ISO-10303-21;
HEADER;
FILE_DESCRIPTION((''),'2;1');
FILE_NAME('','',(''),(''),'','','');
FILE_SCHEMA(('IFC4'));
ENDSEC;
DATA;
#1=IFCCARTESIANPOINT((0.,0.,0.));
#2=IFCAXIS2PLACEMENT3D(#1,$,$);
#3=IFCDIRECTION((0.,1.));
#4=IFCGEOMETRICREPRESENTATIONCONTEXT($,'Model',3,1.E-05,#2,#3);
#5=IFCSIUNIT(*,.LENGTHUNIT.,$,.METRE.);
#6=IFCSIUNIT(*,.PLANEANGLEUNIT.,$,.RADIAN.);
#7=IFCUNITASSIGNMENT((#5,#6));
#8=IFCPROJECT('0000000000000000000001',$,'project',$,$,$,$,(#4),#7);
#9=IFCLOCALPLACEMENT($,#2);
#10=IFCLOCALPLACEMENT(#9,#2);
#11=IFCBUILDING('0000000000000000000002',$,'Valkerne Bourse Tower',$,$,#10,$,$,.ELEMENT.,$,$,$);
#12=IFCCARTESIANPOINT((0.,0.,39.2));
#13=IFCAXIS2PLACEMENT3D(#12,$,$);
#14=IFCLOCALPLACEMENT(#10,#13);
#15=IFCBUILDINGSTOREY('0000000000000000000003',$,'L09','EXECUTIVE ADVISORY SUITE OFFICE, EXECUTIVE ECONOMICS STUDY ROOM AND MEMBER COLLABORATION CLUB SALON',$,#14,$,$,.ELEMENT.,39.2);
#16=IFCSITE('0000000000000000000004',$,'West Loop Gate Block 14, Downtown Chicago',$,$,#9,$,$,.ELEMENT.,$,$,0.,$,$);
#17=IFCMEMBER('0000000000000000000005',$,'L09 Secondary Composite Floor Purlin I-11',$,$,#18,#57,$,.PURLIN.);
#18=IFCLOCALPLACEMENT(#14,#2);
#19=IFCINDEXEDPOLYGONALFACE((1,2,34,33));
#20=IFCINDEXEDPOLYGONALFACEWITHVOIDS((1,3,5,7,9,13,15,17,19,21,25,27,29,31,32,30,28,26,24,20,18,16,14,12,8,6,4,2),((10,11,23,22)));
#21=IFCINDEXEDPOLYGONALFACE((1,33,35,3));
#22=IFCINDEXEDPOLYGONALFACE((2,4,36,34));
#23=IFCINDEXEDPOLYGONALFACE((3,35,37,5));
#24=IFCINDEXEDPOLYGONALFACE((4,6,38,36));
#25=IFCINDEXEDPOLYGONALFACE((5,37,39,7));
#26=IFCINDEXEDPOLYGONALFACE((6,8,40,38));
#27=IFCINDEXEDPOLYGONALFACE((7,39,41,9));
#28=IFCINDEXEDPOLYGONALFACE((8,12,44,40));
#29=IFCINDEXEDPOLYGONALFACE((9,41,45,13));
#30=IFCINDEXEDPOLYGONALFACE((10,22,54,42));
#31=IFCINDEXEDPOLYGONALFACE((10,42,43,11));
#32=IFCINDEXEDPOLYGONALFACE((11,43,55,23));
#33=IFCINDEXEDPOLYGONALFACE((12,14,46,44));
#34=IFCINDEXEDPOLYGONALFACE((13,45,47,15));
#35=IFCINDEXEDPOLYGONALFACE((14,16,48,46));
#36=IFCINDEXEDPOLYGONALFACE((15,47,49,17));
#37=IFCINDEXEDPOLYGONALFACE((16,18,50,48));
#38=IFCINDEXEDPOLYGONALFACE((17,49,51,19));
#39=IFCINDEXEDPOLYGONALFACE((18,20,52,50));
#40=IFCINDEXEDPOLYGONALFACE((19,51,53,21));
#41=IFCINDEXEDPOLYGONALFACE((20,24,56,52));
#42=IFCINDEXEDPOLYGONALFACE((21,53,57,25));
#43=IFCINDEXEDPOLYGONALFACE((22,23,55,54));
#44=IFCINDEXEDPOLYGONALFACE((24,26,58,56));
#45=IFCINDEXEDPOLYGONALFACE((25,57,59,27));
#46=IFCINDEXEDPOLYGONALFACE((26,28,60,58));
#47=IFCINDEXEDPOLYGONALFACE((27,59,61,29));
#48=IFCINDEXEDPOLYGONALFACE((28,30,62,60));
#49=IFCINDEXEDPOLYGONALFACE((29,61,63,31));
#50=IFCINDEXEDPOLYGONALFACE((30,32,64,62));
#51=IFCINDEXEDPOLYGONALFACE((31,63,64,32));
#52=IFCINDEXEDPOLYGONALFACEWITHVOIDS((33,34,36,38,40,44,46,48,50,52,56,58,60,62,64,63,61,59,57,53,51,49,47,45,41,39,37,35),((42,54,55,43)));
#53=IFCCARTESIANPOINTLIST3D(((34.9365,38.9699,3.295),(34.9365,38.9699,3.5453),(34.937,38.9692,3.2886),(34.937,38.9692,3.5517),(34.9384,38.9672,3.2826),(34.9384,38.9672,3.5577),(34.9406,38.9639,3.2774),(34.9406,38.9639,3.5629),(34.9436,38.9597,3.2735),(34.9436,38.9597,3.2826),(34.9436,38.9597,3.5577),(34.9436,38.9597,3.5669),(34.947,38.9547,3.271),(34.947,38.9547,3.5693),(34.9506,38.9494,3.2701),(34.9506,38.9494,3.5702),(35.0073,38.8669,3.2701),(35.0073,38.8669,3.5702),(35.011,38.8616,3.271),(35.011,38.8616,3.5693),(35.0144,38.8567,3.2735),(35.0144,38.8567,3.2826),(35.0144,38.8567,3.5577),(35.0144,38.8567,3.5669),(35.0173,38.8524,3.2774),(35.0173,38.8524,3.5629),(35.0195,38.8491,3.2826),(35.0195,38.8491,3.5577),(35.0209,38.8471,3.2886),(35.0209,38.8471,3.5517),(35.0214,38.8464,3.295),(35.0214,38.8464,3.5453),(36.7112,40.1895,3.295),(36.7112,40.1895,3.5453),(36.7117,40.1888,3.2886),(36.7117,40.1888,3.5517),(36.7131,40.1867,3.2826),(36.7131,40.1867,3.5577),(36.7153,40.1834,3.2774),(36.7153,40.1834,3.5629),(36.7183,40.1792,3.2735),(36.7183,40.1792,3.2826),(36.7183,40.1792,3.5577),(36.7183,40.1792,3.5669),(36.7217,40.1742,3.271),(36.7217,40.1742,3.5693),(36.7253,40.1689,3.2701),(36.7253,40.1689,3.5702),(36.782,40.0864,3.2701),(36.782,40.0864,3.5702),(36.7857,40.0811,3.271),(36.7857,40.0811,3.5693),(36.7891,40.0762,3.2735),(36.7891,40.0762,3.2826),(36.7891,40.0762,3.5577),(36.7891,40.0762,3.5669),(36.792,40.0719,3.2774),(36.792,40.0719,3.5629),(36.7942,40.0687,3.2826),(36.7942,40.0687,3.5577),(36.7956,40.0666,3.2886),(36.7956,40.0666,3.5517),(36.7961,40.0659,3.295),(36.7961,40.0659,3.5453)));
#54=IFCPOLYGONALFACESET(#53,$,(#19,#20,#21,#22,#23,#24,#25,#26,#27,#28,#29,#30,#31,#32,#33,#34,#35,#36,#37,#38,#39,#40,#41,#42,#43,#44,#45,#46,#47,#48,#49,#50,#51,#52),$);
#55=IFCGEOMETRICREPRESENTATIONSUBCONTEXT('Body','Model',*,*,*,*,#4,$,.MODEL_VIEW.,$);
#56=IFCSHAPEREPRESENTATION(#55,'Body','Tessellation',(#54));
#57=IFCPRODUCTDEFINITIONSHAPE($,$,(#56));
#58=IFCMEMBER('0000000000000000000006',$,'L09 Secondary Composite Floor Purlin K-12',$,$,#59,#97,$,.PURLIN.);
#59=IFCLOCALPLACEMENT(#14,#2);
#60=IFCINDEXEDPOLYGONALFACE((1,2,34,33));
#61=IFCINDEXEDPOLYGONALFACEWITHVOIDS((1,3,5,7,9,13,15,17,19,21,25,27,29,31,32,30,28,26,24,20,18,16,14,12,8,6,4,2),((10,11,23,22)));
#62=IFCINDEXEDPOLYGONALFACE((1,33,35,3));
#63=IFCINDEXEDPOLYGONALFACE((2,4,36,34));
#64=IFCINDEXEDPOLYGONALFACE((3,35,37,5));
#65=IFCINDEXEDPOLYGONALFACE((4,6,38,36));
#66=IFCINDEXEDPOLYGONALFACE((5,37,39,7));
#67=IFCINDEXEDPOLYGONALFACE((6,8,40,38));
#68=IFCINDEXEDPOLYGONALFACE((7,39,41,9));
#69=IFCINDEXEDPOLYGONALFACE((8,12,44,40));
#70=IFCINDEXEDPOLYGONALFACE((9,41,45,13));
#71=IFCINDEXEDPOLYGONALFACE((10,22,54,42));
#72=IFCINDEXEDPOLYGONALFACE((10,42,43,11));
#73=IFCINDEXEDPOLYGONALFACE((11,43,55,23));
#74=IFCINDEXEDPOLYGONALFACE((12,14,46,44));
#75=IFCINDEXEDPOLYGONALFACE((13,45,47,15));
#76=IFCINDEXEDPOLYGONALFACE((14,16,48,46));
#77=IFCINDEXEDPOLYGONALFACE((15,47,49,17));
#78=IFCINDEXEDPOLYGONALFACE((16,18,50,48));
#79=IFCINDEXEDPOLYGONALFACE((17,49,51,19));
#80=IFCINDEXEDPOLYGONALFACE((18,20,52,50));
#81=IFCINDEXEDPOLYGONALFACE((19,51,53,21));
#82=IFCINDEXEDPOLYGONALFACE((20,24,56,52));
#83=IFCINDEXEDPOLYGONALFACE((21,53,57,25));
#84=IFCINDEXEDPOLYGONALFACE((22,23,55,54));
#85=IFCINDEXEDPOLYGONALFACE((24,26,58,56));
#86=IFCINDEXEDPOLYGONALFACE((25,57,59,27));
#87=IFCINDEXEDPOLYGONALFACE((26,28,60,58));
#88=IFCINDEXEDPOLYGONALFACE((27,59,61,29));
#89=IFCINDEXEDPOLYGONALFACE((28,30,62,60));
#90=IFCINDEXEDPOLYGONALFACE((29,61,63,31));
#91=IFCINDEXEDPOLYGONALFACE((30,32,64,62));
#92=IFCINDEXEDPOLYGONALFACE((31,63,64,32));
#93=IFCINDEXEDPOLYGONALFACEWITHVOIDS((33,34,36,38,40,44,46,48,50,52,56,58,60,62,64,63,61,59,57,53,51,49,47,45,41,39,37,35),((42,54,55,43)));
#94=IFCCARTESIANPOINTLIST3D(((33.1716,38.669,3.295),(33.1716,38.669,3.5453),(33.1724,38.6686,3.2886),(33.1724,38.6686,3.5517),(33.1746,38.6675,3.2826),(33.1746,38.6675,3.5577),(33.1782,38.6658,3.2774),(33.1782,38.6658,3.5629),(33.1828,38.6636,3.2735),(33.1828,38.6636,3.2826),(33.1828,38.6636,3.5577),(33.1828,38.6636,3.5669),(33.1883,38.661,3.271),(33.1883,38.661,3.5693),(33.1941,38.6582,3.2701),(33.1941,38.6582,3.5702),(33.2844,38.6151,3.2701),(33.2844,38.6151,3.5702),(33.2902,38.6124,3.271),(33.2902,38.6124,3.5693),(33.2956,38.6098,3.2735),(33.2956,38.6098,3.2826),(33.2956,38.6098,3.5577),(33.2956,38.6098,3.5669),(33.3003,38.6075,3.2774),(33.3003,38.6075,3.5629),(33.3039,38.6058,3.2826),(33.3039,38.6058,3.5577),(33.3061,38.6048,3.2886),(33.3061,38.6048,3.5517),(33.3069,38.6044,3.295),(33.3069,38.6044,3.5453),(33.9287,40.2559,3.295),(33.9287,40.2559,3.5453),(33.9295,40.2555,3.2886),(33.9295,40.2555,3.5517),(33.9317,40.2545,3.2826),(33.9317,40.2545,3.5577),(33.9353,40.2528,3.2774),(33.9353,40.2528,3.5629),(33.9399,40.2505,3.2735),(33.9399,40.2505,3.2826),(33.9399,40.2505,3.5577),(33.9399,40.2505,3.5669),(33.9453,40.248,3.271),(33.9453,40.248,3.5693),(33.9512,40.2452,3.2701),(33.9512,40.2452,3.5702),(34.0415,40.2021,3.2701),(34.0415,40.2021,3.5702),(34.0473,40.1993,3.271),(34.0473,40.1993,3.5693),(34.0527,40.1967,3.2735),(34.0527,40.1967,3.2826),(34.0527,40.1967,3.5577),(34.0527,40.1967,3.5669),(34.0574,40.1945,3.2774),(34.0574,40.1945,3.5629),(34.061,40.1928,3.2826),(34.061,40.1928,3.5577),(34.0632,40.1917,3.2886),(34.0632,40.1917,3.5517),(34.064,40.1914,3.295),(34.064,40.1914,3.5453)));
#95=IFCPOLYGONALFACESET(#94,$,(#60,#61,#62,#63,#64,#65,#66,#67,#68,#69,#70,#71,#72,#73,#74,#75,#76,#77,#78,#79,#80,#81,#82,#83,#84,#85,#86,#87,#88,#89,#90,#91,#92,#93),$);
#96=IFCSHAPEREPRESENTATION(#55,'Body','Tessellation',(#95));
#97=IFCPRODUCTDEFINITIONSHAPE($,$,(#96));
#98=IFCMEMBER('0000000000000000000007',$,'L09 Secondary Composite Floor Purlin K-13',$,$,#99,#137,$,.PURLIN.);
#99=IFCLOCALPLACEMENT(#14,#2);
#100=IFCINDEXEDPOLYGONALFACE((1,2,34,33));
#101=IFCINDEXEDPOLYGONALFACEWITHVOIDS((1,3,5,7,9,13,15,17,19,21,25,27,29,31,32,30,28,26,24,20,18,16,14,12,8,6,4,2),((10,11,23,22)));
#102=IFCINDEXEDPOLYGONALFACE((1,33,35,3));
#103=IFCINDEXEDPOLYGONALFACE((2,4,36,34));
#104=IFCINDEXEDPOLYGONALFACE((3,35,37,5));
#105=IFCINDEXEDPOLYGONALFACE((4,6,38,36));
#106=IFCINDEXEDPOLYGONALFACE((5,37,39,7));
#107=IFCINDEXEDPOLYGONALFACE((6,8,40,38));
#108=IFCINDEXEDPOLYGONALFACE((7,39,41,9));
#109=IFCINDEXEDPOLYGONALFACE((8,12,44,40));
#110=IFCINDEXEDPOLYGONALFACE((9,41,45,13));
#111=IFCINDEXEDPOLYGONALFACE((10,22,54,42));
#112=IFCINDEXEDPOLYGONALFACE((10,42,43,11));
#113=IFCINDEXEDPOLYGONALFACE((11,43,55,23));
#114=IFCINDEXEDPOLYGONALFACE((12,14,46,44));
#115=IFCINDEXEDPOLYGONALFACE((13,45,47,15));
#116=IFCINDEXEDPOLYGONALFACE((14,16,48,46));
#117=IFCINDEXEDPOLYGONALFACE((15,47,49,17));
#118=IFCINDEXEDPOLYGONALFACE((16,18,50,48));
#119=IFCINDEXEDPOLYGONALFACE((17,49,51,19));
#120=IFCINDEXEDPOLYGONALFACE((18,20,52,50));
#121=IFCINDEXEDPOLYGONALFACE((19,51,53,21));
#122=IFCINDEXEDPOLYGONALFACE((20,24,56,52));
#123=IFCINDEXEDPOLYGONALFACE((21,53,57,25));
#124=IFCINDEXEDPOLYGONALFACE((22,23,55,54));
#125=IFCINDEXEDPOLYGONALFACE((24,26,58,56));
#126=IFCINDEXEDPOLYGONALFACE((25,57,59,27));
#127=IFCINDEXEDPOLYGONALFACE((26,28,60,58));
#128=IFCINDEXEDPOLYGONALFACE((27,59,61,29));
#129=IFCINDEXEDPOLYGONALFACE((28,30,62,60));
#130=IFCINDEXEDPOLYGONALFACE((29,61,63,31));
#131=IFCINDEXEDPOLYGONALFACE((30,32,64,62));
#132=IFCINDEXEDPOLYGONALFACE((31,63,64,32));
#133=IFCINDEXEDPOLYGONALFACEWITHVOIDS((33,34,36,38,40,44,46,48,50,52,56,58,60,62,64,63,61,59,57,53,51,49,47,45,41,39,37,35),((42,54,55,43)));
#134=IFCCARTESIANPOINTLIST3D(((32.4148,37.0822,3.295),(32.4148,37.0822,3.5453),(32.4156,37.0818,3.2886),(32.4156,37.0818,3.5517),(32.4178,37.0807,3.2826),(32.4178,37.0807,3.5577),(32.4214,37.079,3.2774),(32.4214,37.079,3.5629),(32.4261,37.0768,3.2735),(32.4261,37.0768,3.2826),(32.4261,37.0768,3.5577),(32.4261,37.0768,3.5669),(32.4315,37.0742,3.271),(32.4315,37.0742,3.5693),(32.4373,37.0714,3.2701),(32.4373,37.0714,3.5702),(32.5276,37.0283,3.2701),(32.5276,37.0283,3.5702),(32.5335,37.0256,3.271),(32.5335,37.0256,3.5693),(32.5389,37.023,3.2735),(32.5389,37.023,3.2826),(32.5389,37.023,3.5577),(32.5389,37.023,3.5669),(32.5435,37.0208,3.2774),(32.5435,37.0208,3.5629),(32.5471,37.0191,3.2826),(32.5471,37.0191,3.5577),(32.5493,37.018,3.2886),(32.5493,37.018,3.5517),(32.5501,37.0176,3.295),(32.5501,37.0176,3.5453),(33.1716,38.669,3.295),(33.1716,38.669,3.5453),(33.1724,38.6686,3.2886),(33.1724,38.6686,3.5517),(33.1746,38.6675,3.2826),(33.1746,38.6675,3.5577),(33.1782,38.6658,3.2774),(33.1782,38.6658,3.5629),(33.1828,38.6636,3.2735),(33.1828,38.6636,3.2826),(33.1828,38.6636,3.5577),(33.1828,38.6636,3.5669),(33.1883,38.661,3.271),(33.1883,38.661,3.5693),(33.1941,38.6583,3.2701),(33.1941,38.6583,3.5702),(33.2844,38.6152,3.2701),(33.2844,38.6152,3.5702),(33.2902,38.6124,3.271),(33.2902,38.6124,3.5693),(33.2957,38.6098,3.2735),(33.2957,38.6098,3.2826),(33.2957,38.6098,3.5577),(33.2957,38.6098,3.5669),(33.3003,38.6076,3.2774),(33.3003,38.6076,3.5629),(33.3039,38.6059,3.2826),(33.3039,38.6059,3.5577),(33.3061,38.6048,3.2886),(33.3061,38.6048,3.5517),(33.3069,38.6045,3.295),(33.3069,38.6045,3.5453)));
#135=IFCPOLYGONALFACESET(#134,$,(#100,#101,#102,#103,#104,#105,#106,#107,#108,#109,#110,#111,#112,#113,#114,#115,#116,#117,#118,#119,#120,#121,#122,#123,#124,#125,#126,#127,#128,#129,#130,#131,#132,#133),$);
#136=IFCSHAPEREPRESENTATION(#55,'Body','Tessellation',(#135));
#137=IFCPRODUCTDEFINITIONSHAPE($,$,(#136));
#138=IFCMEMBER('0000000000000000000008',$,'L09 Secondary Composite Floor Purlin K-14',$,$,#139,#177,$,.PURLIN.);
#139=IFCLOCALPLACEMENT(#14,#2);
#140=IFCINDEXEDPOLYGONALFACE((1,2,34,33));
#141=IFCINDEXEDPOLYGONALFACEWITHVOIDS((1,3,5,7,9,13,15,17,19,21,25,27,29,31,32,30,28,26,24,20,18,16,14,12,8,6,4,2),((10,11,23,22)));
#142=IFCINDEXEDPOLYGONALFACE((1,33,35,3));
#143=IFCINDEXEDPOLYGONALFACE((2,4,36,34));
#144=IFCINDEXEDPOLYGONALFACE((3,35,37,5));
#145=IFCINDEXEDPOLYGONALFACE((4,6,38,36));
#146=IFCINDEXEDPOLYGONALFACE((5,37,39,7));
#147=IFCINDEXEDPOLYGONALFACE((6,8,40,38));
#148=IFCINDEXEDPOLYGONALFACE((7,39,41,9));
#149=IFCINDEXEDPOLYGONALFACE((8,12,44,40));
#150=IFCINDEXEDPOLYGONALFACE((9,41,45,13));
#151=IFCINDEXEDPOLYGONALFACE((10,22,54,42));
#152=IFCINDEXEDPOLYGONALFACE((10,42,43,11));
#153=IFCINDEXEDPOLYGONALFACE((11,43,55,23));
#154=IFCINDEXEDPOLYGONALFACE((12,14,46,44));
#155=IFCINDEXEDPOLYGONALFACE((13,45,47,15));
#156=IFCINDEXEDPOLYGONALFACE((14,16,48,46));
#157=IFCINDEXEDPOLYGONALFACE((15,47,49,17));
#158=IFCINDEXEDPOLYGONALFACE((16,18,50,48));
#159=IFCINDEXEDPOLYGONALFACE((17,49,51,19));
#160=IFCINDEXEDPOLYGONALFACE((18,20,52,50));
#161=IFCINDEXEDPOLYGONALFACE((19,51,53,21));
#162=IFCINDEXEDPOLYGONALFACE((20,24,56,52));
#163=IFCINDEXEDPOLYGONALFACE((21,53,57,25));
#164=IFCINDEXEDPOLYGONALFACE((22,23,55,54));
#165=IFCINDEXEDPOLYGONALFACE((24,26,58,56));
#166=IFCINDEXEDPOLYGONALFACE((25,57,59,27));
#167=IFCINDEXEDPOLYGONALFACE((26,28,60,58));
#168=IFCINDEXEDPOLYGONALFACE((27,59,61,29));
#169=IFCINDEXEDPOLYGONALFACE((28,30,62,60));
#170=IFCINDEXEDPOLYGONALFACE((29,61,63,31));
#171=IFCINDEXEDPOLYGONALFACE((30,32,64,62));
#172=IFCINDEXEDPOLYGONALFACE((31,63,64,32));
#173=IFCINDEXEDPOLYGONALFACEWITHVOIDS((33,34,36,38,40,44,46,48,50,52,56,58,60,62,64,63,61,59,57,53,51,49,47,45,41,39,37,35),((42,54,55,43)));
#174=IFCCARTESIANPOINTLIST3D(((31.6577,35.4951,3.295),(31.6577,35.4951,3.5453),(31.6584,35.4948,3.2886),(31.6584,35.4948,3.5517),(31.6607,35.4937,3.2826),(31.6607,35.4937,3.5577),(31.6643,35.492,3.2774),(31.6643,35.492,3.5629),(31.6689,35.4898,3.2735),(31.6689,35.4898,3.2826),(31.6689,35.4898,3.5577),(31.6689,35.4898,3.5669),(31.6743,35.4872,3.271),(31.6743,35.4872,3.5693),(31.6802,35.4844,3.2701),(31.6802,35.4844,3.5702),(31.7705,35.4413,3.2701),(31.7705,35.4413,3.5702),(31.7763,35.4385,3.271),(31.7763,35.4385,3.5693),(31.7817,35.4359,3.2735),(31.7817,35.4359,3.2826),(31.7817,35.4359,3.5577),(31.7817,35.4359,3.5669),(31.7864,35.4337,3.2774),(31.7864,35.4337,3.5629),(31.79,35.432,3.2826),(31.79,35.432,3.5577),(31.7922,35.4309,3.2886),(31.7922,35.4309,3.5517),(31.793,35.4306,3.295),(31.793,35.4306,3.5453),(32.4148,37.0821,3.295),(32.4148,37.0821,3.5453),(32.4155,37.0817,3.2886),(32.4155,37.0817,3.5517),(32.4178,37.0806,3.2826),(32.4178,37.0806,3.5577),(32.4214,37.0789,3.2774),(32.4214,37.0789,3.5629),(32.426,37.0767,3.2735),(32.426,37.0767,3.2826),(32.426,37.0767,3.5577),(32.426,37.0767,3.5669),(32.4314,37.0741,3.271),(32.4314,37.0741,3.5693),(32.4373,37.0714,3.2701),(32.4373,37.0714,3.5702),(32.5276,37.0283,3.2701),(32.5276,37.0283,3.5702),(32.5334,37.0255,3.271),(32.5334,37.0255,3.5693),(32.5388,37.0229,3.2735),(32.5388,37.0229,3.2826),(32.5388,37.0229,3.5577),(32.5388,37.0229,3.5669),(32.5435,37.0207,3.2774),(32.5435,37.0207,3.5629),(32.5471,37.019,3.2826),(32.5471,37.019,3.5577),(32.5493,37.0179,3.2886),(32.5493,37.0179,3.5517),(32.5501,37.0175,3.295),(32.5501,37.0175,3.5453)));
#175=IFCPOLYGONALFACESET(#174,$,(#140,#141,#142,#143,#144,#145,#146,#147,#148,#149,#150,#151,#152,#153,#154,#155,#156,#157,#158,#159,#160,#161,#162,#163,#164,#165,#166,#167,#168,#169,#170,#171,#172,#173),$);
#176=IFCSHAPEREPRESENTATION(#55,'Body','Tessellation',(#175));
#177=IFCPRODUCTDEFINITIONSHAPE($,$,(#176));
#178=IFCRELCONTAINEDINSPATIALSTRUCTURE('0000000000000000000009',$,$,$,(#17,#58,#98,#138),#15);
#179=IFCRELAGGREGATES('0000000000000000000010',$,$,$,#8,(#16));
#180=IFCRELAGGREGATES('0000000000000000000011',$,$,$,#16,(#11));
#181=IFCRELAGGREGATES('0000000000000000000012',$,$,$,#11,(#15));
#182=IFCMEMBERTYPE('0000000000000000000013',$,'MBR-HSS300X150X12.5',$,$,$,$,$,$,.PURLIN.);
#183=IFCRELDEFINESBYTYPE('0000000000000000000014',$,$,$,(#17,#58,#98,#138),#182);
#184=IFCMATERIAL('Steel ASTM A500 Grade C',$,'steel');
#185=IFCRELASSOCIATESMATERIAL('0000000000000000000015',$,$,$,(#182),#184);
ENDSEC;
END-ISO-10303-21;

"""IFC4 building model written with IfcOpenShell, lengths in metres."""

from ifc_helpers import new_model, si_unit, direction, frame, origin, origin_2d, place, context, subcontext, project, spatial, hollow_rectangle, extrude, material, material_profile, profile_set, type_object, element, save


model = new_model("IFC4")

# Units and contexts
model_context = context("Model", 3, precision=1e-05, world=origin(), true_north=direction((0.0, 1.0)))
body_context = subcontext(model_context, "Body", "Model", "MODEL_VIEW")
ifc_project = project(units=[si_unit("LENGTHUNIT", "METRE"), si_unit("PLANEANGLEUNIT", "RADIAN")], contexts=[model_context])

# Site, building, storey
site_placement = place(None, origin())
site = spatial("IfcSite", under=ifc_project, at=site_placement, Name="West Loop Gate Block 14, Downtown Chicago", CompositionType="ELEMENT", RefElevation=0.0)
building_placement = place(site_placement, origin())
building = spatial("IfcBuilding", under=site, at=building_placement, Name="Valkerne Bourse Tower", CompositionType="ELEMENT")
storey_placement = place(building_placement, frame((0.0, 0.0, 39.2)))
storey = spatial("IfcBuildingStorey", under=building, at=storey_placement, Name="L09", Description="EXECUTIVE ADVISORY SUITE OFFICE, EXECUTIVE ECONOMICS STUDY ROOM AND MEMBER COLLABORATION CLUB SALON", CompositionType="ELEMENT", Elevation=39.2)

# Members
ifc_material_1 = material(Name="Steel ASTM A500 Grade C", Category="steel")
ifc_material_profile_1 = material_profile(ifc_material_1, hollow_rectangle(XDim=0.1499, YDim=0.3, WallThickness=0.0125, OuterFilletRadius=0.0249, at=origin_2d()), Name="HSS300X150X12.5")
ifc_profile_set_1 = profile_set([ifc_material_profile_1], Name="Steel ASTM A500 Grade C")
member_type_1 = type_object("IfcMemberType", Name="MBR-HSS300X150X12.5", PredefinedType="PURLIN", material=ifc_profile_set_1)
member_1_placement = place(storey_placement, frame((36.7537, 40.1277, 3.4202), z_axis=(-0.824171, -0.566341, 0.0), x_axis=(0.566341, -0.824171, 0.0)))
element("IfcMember", 1, at=member_1_placement, inside=storey, type_object=member_type_1, Name="L09 Secondary Composite Floor Purlin I-11", PredefinedType="PURLIN", context=body_context, shape_type="SweptSolid", body=[
    extrude(hollow_rectangle(XDim=0.1499, YDim=0.3, WallThickness=0.0125, OuterFilletRadius=0.0249, at=origin_2d()), origin(), (0.0, 0.0, 1.0), 2.1533),
])
member_2_placement = place(storey_placement, frame((33.9963, 40.2236, 3.4202), z_axis=(-0.430586, -0.90255, 0.0), x_axis=(0.90255, -0.430586, 0.0)))
element("IfcMember", 2, at=member_2_placement, inside=storey, type_object=member_type_1, Name="L09 Secondary Composite Floor Purlin K-12", PredefinedType="PURLIN", context=body_context, shape_type="SweptSolid", body=[
    extrude(hollow_rectangle(XDim=0.1499, YDim=0.3, WallThickness=0.0125, OuterFilletRadius=0.0249, at=origin_2d()), origin(), (0.0, 0.0, 1.0), 1.7583),
])
member_3_placement = place(storey_placement, frame((33.2393, 38.6367, 3.4202), z_axis=(-0.430473, -0.902604, 0.0), x_axis=(0.902604, -0.430473, 0.0)))
element("IfcMember", 3, at=member_3_placement, inside=storey, type_object=member_type_1, Name="L09 Secondary Composite Floor Purlin K-13", PredefinedType="PURLIN", context=body_context, shape_type="SweptSolid", body=[
    extrude(hollow_rectangle(XDim=0.1499, YDim=0.3, WallThickness=0.0125, OuterFilletRadius=0.0249, at=origin_2d()), origin(), (0.0, 0.0, 1.0), 1.7581),
])
member_4_placement = place(storey_placement, frame((32.4824, 37.0498, 3.4202), z_axis=(-0.430586, -0.90255, 0.0), x_axis=(0.90255, -0.430586, 0.0)))
element("IfcMember", 4, at=member_4_placement, inside=storey, type_object=member_type_1, Name="L09 Secondary Composite Floor Purlin K-14", PredefinedType="PURLIN", context=body_context, shape_type="SweptSolid", body=[
    extrude(hollow_rectangle(XDim=0.1499, YDim=0.3, WallThickness=0.0125, OuterFilletRadius=0.0249, at=origin_2d()), origin(), (0.0, 0.0, 1.0), 1.7583),
])

save(model, "model.ifc")
